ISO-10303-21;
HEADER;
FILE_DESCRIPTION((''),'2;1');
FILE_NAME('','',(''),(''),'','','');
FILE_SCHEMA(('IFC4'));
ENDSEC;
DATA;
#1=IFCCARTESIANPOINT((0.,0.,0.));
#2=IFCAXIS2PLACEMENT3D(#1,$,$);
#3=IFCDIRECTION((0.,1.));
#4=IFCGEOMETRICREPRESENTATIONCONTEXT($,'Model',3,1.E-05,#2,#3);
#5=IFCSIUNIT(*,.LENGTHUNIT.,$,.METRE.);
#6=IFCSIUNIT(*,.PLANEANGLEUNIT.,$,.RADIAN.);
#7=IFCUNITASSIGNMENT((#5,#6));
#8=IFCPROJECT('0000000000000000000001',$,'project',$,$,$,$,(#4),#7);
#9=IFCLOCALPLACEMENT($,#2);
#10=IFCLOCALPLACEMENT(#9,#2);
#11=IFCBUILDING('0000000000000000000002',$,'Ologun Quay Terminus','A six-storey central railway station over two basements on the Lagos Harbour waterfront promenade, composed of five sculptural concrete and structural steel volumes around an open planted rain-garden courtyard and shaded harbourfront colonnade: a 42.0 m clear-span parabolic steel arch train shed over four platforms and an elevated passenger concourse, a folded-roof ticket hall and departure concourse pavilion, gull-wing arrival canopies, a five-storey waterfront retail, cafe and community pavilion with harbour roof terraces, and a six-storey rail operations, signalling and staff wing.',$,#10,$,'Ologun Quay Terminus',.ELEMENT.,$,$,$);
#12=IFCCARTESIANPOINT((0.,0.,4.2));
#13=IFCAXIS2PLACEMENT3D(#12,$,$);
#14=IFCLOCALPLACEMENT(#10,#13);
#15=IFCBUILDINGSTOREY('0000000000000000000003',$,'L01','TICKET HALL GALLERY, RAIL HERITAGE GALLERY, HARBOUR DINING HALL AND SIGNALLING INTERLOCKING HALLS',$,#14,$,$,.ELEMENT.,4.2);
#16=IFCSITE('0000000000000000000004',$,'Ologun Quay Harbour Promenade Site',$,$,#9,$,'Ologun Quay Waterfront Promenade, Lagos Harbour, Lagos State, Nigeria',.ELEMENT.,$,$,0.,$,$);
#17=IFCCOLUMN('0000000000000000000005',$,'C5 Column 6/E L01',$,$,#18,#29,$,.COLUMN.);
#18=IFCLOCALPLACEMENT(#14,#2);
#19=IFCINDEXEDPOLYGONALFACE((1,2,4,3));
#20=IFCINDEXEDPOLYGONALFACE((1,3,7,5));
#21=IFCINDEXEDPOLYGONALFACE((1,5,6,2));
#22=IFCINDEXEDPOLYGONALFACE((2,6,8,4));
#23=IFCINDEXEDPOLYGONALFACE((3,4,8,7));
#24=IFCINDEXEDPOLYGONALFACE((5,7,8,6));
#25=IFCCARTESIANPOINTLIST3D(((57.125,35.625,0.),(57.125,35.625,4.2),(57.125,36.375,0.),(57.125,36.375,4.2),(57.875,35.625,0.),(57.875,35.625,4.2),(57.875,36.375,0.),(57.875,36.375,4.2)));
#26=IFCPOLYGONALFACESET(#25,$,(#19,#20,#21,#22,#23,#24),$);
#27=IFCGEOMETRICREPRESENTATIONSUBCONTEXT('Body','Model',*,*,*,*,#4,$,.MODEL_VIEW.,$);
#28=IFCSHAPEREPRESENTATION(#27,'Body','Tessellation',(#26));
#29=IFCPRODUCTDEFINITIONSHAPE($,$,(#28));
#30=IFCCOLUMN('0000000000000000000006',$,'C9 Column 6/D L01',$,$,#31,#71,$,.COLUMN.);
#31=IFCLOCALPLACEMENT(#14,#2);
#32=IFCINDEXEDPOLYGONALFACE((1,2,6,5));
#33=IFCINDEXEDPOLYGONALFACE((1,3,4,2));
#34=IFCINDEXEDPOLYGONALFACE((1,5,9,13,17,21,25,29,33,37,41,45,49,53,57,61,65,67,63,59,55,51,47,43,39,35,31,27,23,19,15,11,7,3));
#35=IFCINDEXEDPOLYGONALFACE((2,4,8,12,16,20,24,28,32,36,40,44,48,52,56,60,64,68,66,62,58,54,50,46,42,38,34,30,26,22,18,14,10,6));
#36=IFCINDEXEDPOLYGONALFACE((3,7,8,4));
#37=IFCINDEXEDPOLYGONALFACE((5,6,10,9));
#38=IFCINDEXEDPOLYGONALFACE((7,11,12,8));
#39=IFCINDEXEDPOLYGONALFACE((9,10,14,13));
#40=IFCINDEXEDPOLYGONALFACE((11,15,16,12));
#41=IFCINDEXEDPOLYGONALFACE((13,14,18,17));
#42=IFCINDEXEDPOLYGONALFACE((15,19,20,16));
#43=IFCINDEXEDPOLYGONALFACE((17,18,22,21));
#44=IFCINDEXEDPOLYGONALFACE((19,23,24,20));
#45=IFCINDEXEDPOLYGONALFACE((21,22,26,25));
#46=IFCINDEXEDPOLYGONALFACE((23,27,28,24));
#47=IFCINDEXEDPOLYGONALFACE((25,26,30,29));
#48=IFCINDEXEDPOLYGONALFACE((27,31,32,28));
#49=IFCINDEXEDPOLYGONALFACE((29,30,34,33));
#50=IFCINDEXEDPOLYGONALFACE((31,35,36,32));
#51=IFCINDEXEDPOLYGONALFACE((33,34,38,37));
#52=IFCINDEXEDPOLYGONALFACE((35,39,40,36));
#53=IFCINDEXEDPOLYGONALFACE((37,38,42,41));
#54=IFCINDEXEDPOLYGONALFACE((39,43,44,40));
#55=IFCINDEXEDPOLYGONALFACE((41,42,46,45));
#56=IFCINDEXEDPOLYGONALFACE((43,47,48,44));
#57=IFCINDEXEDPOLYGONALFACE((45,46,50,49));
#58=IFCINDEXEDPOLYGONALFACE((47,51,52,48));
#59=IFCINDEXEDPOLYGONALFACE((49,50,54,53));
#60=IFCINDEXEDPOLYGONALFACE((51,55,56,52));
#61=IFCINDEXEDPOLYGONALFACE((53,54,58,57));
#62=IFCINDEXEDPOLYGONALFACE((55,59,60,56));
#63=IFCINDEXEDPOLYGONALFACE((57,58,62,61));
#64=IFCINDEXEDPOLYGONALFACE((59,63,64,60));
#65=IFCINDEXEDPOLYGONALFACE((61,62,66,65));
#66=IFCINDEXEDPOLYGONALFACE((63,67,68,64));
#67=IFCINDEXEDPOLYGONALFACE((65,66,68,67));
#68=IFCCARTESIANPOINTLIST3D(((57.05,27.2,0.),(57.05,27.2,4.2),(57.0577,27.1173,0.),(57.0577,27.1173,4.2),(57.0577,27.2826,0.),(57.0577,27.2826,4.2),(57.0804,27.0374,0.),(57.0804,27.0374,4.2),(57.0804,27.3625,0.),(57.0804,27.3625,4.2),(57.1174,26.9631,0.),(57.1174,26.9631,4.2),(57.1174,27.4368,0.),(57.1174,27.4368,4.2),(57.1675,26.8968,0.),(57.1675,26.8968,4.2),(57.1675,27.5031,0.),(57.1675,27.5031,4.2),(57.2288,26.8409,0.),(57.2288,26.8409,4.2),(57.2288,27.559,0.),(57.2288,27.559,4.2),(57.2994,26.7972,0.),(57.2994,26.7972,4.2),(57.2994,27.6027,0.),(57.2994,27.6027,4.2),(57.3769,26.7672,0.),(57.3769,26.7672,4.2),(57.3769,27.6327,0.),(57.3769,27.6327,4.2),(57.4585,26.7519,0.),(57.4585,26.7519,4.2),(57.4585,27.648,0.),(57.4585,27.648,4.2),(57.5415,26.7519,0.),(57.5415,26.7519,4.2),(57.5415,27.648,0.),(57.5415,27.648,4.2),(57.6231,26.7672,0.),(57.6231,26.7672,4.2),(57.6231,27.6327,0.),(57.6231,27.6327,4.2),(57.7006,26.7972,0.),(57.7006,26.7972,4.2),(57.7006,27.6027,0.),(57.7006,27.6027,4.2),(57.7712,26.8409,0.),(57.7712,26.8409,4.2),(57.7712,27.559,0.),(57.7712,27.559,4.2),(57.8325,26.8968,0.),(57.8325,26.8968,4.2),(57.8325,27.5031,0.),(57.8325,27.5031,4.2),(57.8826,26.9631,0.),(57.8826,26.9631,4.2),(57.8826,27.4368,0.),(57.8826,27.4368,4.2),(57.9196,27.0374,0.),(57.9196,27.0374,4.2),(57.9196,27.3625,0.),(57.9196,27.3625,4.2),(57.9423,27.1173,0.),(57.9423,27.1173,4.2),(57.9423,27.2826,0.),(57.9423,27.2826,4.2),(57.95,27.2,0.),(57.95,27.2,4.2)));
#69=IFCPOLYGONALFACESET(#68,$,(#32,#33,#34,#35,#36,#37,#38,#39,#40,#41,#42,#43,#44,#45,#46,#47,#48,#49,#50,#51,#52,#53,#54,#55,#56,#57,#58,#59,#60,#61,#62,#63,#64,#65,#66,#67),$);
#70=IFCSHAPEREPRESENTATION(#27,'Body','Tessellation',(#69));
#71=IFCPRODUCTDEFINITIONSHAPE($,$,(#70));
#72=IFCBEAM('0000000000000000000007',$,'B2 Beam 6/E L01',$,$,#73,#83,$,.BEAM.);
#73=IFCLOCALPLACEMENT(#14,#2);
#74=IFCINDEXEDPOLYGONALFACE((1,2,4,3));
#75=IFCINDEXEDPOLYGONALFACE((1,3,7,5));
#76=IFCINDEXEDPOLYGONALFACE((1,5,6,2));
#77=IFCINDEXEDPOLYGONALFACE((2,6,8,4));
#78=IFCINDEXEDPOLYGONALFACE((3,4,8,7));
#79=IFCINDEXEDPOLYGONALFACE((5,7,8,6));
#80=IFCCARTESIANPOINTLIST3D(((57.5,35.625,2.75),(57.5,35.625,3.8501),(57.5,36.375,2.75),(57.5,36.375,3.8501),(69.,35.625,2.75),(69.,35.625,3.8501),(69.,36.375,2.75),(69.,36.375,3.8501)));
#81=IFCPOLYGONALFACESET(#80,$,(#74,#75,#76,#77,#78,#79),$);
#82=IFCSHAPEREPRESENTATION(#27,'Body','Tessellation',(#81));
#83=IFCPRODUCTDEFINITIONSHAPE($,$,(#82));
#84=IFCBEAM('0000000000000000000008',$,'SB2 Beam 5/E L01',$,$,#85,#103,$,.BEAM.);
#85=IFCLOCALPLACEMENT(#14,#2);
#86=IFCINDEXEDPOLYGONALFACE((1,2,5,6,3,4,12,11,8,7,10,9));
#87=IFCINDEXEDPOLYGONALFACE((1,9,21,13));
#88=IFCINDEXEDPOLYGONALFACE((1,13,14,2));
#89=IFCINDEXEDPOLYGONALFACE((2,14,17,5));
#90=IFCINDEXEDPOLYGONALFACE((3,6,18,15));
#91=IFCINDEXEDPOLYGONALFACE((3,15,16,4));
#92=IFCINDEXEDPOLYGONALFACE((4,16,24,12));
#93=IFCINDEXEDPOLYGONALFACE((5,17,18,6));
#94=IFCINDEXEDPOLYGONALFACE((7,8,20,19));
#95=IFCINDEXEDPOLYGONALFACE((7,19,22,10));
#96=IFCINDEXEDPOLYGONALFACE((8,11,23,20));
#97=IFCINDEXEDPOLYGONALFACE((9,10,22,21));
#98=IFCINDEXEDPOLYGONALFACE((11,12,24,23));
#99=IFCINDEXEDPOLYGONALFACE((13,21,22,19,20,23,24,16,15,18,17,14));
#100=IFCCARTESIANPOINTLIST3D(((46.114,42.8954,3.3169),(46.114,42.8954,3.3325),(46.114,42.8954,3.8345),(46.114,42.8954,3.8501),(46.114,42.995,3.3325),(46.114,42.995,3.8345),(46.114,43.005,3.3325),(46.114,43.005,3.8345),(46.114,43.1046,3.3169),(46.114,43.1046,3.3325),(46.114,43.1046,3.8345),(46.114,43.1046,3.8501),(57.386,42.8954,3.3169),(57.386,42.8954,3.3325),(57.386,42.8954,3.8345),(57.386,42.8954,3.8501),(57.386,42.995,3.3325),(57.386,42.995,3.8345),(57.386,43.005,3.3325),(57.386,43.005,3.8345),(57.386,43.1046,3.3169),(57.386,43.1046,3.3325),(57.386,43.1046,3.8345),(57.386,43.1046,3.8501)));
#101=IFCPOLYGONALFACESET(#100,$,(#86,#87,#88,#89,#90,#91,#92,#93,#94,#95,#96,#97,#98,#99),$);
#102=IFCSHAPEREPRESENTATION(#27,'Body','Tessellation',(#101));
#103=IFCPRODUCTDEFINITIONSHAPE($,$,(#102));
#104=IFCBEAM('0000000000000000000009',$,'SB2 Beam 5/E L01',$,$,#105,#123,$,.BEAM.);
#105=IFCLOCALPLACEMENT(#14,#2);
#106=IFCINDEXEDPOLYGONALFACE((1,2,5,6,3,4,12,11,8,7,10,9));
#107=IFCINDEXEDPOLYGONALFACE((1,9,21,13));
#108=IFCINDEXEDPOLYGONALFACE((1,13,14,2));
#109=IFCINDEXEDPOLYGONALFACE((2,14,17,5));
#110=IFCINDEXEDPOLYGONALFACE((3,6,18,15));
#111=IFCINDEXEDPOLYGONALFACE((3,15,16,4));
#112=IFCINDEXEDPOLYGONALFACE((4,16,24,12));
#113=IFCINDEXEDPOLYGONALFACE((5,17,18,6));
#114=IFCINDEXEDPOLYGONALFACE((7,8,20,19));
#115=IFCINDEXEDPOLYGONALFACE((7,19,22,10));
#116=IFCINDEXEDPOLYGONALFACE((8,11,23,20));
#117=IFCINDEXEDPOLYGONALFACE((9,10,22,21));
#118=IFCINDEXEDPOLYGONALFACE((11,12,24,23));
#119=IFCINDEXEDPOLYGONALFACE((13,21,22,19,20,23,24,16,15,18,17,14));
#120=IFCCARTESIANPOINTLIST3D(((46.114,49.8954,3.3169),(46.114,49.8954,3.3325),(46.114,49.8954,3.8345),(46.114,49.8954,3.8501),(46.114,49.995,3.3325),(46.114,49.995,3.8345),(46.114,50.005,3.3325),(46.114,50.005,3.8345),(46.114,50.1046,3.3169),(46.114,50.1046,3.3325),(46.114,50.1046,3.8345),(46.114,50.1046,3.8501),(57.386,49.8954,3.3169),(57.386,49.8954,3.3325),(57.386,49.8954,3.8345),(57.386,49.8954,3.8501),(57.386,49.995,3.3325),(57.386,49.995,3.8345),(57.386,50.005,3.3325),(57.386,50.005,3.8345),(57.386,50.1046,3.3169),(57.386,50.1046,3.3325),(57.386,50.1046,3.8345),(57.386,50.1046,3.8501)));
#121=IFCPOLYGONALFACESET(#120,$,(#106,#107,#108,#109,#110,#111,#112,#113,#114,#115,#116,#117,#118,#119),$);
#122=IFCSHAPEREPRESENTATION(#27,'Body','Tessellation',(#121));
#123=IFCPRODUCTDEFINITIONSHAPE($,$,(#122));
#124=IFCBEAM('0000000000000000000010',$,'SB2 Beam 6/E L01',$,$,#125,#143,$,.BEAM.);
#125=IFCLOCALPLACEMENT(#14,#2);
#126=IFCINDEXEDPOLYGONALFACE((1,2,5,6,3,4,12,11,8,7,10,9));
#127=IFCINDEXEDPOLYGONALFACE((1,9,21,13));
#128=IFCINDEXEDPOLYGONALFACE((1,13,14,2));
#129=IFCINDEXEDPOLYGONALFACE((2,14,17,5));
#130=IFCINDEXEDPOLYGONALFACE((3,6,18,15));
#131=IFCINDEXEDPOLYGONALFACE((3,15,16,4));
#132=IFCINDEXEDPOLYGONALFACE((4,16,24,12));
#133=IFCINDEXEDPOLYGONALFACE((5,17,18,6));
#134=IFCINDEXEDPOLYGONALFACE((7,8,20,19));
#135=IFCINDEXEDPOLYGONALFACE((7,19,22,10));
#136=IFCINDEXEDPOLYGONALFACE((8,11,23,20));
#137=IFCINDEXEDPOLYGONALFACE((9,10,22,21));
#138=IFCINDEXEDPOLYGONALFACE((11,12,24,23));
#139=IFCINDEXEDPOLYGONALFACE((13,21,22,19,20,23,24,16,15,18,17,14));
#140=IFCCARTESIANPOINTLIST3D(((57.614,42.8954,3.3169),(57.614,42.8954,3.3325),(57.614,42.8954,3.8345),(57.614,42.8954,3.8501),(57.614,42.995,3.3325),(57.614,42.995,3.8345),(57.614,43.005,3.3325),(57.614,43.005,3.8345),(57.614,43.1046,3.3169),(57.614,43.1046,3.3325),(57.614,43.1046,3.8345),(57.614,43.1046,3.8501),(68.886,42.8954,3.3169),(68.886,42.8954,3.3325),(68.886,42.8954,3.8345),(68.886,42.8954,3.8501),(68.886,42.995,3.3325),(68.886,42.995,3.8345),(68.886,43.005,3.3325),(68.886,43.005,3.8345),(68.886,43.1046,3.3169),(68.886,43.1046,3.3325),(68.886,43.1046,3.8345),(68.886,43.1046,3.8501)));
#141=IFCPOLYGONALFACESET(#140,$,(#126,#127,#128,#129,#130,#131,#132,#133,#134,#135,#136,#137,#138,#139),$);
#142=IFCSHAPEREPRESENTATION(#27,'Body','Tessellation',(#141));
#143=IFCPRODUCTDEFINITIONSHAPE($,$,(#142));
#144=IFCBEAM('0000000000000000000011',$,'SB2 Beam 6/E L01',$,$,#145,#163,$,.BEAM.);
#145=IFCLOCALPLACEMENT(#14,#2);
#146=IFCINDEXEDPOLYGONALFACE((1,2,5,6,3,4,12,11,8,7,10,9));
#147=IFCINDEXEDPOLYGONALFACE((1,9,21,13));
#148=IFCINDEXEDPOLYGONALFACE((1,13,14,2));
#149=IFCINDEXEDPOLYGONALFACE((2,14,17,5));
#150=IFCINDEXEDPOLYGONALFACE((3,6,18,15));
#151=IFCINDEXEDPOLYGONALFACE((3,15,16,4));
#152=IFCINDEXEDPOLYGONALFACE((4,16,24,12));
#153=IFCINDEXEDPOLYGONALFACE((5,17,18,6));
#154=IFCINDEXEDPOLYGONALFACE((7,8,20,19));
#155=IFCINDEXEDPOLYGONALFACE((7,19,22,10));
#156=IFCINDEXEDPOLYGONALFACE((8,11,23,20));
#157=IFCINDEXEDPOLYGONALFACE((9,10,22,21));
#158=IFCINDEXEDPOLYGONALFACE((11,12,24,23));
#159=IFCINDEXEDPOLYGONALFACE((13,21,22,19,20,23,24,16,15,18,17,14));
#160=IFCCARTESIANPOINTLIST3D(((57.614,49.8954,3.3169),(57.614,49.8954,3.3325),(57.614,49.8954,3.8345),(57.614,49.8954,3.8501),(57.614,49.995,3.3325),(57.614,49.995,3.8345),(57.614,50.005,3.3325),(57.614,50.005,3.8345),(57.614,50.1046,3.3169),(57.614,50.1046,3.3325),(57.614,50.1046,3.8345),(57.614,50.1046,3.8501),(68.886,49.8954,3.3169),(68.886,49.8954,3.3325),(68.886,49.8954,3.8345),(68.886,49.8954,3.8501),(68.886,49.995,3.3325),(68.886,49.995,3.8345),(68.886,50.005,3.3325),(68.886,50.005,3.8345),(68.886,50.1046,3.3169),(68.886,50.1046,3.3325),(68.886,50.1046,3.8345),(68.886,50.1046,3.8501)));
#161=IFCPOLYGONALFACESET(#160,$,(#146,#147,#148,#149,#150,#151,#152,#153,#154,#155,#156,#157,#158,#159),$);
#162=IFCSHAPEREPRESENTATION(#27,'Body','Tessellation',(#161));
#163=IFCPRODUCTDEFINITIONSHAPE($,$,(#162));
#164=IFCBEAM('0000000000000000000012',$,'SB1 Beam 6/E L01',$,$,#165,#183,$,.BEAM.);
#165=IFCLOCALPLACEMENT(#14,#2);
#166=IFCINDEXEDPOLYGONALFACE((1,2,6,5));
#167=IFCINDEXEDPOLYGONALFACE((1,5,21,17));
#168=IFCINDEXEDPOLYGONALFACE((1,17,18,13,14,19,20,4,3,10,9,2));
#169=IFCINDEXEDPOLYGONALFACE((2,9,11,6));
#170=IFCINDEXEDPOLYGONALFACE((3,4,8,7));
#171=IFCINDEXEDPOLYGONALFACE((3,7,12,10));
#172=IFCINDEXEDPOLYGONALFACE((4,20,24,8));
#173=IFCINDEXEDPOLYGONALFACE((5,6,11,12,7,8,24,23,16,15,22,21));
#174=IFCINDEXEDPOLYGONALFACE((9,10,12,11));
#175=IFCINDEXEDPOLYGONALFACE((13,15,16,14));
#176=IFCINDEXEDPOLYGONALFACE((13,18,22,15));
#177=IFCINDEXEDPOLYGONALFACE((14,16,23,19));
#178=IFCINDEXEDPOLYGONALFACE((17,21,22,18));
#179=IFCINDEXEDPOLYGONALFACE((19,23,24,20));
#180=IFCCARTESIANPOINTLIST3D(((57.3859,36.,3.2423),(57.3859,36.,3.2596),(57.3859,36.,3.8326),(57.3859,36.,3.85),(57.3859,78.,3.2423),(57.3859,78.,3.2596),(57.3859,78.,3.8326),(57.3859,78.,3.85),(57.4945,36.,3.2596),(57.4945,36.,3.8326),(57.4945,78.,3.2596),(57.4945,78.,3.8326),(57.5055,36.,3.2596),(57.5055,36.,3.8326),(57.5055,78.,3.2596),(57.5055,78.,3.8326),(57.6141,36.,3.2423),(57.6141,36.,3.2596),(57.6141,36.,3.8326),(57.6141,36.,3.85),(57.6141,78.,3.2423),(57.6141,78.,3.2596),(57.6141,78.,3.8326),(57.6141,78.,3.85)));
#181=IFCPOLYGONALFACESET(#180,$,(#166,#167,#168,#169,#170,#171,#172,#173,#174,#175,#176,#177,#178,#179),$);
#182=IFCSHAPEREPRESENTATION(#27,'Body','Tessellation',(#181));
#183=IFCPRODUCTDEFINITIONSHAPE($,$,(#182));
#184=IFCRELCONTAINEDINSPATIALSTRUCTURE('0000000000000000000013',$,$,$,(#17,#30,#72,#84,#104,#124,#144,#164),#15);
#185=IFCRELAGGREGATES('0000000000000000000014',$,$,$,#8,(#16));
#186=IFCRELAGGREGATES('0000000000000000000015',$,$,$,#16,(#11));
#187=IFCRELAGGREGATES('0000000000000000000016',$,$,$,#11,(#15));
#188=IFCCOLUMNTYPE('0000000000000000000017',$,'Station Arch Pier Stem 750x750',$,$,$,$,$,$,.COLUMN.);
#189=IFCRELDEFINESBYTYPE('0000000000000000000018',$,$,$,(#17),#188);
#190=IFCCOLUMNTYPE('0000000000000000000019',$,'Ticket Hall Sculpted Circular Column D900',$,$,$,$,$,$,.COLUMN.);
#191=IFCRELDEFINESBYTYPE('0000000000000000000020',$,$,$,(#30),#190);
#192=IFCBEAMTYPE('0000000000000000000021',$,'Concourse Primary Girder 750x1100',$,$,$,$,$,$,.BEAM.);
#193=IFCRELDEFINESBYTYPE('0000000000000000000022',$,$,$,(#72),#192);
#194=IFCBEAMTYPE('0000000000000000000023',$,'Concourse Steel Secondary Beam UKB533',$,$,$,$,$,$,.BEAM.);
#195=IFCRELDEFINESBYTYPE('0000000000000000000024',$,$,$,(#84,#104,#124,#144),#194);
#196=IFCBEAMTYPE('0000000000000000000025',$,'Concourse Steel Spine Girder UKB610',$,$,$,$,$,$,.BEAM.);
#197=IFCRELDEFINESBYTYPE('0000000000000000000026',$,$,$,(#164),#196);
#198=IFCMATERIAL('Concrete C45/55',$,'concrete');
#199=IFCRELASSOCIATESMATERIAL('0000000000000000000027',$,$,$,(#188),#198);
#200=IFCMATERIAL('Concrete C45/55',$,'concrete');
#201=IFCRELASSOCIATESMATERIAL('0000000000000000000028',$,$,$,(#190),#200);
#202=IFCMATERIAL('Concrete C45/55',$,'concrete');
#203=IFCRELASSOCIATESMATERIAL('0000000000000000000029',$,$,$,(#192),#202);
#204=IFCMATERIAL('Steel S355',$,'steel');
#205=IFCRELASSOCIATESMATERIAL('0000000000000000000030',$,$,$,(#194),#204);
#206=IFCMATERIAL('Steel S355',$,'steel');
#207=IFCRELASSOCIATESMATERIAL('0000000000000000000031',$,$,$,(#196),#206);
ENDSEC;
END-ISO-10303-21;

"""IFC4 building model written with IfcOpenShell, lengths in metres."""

from ifc_helpers import new_model, si_unit, direction, frame, origin, origin_2d, place, context, subcontext, project, spatial, rectangle, circle, i_section, extrude, material, material_profile, profile_set, type_object, element, save


model = new_model("IFC4")

# Units and contexts
model_context = context("Model", 3, precision=1e-05, world=origin(), true_north=direction((0.0, 1.0)))
body_context = subcontext(model_context, "Body", "Model", "MODEL_VIEW")
ifc_project = project(units=[si_unit("LENGTHUNIT", "METRE"), si_unit("PLANEANGLEUNIT", "RADIAN")], contexts=[model_context])

# Site, building, storey
site_placement = place(None, origin())
site = spatial("IfcSite", under=ifc_project, at=site_placement, Name="Ologun Quay Harbour Promenade Site", LongName="Ologun Quay Waterfront Promenade, Lagos Harbour, Lagos State, Nigeria", CompositionType="ELEMENT", RefElevation=0.0)
building_placement = place(site_placement, origin())
building = spatial("IfcBuilding", under=site, at=building_placement, Name="Ologun Quay Terminus", Description="A six-storey central railway station over two basements on the Lagos Harbour waterfront promenade, composed of five sculptural concrete and structural steel volumes around an open planted rain-garden courtyard and shaded harbourfront colonnade: a 42.0 m clear-span parabolic steel arch train shed over four platforms and an elevated passenger concourse, a folded-roof ticket hall and departure concourse pavilion, gull-wing arrival canopies, a five-storey waterfront retail, cafe and community pavilion with harbour roof terraces, and a six-storey rail operations, signalling and staff wing.", LongName="Ologun Quay Terminus", CompositionType="ELEMENT")
storey_placement = place(building_placement, frame((0.0, 0.0, 4.2)))
storey = spatial("IfcBuildingStorey", under=building, at=storey_placement, Name="L01", Description="TICKET HALL GALLERY, RAIL HERITAGE GALLERY, HARBOUR DINING HALL AND SIGNALLING INTERLOCKING HALLS", CompositionType="ELEMENT", Elevation=4.2)

# Columns
ifc_material_1 = material(Name="Concrete C45/55", Category="concrete")
ifc_material_profile_1 = material_profile(ifc_material_1, rectangle(XDim=0.75, YDim=0.75, at=origin_2d()), Name="RC 750x750")
ifc_profile_set_1 = profile_set([ifc_material_profile_1], Name="Concrete C45/55")
column_type_1 = type_object("IfcColumnType", Name="Station Arch Pier Stem 750x750", PredefinedType="COLUMN", material=ifc_profile_set_1)
column_1_placement = place(storey_placement, frame((57.5, 36.0, 0.0), z_axis=(0.0, 0.0, 1.0), x_axis=(1.0, 0.0, 0.0)))
element("IfcColumn", 1, at=column_1_placement, inside=storey, type_object=column_type_1, Name="C5 Column 6/E L01", PredefinedType="COLUMN", context=body_context, shape_type="SweptSolid", body=[
    extrude(rectangle(XDim=0.75, YDim=0.75, at=origin_2d()), origin(), (0.0, 0.0, 1.0), 4.2),
])
ifc_material_2 = material(Name="Concrete C45/55", Category="concrete")
ifc_material_profile_2 = material_profile(ifc_material_2, circle(Radius=0.45, at=origin_2d()), Name="RC D900")
ifc_profile_set_2 = profile_set([ifc_material_profile_2], Name="Concrete C45/55")
column_type_2 = type_object("IfcColumnType", Name="Ticket Hall Sculpted Circular Column D900", PredefinedType="COLUMN", material=ifc_profile_set_2)
column_2_placement = place(storey_placement, frame((57.5, 27.2, 0.0), z_axis=(0.0, 0.0, 1.0), x_axis=(1.0, 0.0, 0.0)))
element("IfcColumn", 2, at=column_2_placement, inside=storey, type_object=column_type_2, Name="C9 Column 6/D L01", PredefinedType="COLUMN", context=body_context, shape_type="SweptSolid", body=[
    extrude(circle(Radius=0.45, at=origin_2d()), origin(), (0.0, 0.0, 1.0), 4.2),
])

# Beams
ifc_material_3 = material(Name="Concrete C45/55", Category="concrete")
ifc_material_profile_3 = material_profile(ifc_material_3, rectangle(XDim=0.75, YDim=1.1001, at=origin_2d()), Name="RC 750x1100")
ifc_profile_set_3 = profile_set([ifc_material_profile_3], Name="Concrete C45/55")
beam_type_1 = type_object("IfcBeamType", Name="Concourse Primary Girder 750x1100", PredefinedType="BEAM", material=ifc_profile_set_3)
beam_1_placement = place(storey_placement, frame((57.5, 36.0, 3.3), z_axis=(1.0, 0.0, 0.0), x_axis=(0.0, 1.0, 0.0)))
element("IfcBeam", 3, at=beam_1_placement, inside=storey, type_object=beam_type_1, Name="B2 Beam 6/E L01", PredefinedType="BEAM", context=body_context, shape_type="SweptSolid", body=[
    extrude(rectangle(XDim=0.75, YDim=1.1001, at=origin_2d()), origin(), (0.0, 0.0, 1.0), 11.5),
])
ifc_material_4 = material(Name="Steel S355", Category="steel")
ifc_material_profile_4 = material_profile(ifc_material_4, i_section(OverallWidth=0.2092, OverallDepth=0.5332, WebThickness=0.01, FlangeThickness=0.0156, at=origin_2d()), Name="UKB 533x210x92")
ifc_profile_set_4 = profile_set([ifc_material_profile_4], Name="Steel S355")
beam_type_2 = type_object("IfcBeamType", Name="Concourse Steel Secondary Beam UKB533", PredefinedType="BEAM", material=ifc_profile_set_4)
for number, where, z_axis, x_axis, name in (
    (4, (46.114, 43.0, 3.5835), (1.0, 0.0, 0.0), (0.0, 1.0, 0.0), "SB2 Beam 5/E L01"),
    (5, (46.114, 50.0, 3.5835), (1.0, 0.0, 0.0), (0.0, 1.0, 0.0), "SB2 Beam 5/E L01"),
    (6, (57.614, 43.0, 3.5835), (1.0, 0.0, 0.0), (0.0, 1.0, 0.0), "SB2 Beam 6/E L01"),
    (7, (57.614, 50.0, 3.5835), (1.0, 0.0, 0.0), (0.0, 1.0, 0.0), "SB2 Beam 6/E L01"),
):
    element("IfcBeam", number, at=place(storey_placement, frame(where, z_axis=z_axis, x_axis=x_axis)), inside=storey, type_object=beam_type_2, Name=name, PredefinedType="BEAM", context=body_context, shape_type="SweptSolid", body=[
        extrude(i_section(OverallWidth=0.2092, OverallDepth=0.5332, WebThickness=0.01, FlangeThickness=0.0156, at=origin_2d()), origin(), (0.0, 0.0, 1.0), 11.272),
    ])
ifc_material_5 = material(Name="Steel S355", Category="steel")
ifc_material_profile_5 = material_profile(ifc_material_5, i_section(OverallWidth=0.2283, OverallDepth=0.6077, WebThickness=0.011, FlangeThickness=0.0173, at=origin_2d()), Name="UKB 610x229x113")
ifc_profile_set_5 = profile_set([ifc_material_profile_5], Name="Steel S355")
beam_type_3 = type_object("IfcBeamType", Name="Concourse Steel Spine Girder UKB610", PredefinedType="BEAM", material=ifc_profile_set_5)
beam_2_placement = place(storey_placement, frame((57.5, 36.0, 3.5461), z_axis=(0.0, 1.0, 0.0), x_axis=(-1.0, 0.0, 0.0)))
element("IfcBeam", 8, at=beam_2_placement, inside=storey, type_object=beam_type_3, Name="SB1 Beam 6/E L01", PredefinedType="BEAM", context=body_context, shape_type="SweptSolid", body=[
    extrude(i_section(OverallWidth=0.2283, OverallDepth=0.6077, WebThickness=0.011, FlangeThickness=0.0173, at=origin_2d()), origin(), (0.0, 0.0, 1.0), 42.0),
])

save(model, "model.ifc")
